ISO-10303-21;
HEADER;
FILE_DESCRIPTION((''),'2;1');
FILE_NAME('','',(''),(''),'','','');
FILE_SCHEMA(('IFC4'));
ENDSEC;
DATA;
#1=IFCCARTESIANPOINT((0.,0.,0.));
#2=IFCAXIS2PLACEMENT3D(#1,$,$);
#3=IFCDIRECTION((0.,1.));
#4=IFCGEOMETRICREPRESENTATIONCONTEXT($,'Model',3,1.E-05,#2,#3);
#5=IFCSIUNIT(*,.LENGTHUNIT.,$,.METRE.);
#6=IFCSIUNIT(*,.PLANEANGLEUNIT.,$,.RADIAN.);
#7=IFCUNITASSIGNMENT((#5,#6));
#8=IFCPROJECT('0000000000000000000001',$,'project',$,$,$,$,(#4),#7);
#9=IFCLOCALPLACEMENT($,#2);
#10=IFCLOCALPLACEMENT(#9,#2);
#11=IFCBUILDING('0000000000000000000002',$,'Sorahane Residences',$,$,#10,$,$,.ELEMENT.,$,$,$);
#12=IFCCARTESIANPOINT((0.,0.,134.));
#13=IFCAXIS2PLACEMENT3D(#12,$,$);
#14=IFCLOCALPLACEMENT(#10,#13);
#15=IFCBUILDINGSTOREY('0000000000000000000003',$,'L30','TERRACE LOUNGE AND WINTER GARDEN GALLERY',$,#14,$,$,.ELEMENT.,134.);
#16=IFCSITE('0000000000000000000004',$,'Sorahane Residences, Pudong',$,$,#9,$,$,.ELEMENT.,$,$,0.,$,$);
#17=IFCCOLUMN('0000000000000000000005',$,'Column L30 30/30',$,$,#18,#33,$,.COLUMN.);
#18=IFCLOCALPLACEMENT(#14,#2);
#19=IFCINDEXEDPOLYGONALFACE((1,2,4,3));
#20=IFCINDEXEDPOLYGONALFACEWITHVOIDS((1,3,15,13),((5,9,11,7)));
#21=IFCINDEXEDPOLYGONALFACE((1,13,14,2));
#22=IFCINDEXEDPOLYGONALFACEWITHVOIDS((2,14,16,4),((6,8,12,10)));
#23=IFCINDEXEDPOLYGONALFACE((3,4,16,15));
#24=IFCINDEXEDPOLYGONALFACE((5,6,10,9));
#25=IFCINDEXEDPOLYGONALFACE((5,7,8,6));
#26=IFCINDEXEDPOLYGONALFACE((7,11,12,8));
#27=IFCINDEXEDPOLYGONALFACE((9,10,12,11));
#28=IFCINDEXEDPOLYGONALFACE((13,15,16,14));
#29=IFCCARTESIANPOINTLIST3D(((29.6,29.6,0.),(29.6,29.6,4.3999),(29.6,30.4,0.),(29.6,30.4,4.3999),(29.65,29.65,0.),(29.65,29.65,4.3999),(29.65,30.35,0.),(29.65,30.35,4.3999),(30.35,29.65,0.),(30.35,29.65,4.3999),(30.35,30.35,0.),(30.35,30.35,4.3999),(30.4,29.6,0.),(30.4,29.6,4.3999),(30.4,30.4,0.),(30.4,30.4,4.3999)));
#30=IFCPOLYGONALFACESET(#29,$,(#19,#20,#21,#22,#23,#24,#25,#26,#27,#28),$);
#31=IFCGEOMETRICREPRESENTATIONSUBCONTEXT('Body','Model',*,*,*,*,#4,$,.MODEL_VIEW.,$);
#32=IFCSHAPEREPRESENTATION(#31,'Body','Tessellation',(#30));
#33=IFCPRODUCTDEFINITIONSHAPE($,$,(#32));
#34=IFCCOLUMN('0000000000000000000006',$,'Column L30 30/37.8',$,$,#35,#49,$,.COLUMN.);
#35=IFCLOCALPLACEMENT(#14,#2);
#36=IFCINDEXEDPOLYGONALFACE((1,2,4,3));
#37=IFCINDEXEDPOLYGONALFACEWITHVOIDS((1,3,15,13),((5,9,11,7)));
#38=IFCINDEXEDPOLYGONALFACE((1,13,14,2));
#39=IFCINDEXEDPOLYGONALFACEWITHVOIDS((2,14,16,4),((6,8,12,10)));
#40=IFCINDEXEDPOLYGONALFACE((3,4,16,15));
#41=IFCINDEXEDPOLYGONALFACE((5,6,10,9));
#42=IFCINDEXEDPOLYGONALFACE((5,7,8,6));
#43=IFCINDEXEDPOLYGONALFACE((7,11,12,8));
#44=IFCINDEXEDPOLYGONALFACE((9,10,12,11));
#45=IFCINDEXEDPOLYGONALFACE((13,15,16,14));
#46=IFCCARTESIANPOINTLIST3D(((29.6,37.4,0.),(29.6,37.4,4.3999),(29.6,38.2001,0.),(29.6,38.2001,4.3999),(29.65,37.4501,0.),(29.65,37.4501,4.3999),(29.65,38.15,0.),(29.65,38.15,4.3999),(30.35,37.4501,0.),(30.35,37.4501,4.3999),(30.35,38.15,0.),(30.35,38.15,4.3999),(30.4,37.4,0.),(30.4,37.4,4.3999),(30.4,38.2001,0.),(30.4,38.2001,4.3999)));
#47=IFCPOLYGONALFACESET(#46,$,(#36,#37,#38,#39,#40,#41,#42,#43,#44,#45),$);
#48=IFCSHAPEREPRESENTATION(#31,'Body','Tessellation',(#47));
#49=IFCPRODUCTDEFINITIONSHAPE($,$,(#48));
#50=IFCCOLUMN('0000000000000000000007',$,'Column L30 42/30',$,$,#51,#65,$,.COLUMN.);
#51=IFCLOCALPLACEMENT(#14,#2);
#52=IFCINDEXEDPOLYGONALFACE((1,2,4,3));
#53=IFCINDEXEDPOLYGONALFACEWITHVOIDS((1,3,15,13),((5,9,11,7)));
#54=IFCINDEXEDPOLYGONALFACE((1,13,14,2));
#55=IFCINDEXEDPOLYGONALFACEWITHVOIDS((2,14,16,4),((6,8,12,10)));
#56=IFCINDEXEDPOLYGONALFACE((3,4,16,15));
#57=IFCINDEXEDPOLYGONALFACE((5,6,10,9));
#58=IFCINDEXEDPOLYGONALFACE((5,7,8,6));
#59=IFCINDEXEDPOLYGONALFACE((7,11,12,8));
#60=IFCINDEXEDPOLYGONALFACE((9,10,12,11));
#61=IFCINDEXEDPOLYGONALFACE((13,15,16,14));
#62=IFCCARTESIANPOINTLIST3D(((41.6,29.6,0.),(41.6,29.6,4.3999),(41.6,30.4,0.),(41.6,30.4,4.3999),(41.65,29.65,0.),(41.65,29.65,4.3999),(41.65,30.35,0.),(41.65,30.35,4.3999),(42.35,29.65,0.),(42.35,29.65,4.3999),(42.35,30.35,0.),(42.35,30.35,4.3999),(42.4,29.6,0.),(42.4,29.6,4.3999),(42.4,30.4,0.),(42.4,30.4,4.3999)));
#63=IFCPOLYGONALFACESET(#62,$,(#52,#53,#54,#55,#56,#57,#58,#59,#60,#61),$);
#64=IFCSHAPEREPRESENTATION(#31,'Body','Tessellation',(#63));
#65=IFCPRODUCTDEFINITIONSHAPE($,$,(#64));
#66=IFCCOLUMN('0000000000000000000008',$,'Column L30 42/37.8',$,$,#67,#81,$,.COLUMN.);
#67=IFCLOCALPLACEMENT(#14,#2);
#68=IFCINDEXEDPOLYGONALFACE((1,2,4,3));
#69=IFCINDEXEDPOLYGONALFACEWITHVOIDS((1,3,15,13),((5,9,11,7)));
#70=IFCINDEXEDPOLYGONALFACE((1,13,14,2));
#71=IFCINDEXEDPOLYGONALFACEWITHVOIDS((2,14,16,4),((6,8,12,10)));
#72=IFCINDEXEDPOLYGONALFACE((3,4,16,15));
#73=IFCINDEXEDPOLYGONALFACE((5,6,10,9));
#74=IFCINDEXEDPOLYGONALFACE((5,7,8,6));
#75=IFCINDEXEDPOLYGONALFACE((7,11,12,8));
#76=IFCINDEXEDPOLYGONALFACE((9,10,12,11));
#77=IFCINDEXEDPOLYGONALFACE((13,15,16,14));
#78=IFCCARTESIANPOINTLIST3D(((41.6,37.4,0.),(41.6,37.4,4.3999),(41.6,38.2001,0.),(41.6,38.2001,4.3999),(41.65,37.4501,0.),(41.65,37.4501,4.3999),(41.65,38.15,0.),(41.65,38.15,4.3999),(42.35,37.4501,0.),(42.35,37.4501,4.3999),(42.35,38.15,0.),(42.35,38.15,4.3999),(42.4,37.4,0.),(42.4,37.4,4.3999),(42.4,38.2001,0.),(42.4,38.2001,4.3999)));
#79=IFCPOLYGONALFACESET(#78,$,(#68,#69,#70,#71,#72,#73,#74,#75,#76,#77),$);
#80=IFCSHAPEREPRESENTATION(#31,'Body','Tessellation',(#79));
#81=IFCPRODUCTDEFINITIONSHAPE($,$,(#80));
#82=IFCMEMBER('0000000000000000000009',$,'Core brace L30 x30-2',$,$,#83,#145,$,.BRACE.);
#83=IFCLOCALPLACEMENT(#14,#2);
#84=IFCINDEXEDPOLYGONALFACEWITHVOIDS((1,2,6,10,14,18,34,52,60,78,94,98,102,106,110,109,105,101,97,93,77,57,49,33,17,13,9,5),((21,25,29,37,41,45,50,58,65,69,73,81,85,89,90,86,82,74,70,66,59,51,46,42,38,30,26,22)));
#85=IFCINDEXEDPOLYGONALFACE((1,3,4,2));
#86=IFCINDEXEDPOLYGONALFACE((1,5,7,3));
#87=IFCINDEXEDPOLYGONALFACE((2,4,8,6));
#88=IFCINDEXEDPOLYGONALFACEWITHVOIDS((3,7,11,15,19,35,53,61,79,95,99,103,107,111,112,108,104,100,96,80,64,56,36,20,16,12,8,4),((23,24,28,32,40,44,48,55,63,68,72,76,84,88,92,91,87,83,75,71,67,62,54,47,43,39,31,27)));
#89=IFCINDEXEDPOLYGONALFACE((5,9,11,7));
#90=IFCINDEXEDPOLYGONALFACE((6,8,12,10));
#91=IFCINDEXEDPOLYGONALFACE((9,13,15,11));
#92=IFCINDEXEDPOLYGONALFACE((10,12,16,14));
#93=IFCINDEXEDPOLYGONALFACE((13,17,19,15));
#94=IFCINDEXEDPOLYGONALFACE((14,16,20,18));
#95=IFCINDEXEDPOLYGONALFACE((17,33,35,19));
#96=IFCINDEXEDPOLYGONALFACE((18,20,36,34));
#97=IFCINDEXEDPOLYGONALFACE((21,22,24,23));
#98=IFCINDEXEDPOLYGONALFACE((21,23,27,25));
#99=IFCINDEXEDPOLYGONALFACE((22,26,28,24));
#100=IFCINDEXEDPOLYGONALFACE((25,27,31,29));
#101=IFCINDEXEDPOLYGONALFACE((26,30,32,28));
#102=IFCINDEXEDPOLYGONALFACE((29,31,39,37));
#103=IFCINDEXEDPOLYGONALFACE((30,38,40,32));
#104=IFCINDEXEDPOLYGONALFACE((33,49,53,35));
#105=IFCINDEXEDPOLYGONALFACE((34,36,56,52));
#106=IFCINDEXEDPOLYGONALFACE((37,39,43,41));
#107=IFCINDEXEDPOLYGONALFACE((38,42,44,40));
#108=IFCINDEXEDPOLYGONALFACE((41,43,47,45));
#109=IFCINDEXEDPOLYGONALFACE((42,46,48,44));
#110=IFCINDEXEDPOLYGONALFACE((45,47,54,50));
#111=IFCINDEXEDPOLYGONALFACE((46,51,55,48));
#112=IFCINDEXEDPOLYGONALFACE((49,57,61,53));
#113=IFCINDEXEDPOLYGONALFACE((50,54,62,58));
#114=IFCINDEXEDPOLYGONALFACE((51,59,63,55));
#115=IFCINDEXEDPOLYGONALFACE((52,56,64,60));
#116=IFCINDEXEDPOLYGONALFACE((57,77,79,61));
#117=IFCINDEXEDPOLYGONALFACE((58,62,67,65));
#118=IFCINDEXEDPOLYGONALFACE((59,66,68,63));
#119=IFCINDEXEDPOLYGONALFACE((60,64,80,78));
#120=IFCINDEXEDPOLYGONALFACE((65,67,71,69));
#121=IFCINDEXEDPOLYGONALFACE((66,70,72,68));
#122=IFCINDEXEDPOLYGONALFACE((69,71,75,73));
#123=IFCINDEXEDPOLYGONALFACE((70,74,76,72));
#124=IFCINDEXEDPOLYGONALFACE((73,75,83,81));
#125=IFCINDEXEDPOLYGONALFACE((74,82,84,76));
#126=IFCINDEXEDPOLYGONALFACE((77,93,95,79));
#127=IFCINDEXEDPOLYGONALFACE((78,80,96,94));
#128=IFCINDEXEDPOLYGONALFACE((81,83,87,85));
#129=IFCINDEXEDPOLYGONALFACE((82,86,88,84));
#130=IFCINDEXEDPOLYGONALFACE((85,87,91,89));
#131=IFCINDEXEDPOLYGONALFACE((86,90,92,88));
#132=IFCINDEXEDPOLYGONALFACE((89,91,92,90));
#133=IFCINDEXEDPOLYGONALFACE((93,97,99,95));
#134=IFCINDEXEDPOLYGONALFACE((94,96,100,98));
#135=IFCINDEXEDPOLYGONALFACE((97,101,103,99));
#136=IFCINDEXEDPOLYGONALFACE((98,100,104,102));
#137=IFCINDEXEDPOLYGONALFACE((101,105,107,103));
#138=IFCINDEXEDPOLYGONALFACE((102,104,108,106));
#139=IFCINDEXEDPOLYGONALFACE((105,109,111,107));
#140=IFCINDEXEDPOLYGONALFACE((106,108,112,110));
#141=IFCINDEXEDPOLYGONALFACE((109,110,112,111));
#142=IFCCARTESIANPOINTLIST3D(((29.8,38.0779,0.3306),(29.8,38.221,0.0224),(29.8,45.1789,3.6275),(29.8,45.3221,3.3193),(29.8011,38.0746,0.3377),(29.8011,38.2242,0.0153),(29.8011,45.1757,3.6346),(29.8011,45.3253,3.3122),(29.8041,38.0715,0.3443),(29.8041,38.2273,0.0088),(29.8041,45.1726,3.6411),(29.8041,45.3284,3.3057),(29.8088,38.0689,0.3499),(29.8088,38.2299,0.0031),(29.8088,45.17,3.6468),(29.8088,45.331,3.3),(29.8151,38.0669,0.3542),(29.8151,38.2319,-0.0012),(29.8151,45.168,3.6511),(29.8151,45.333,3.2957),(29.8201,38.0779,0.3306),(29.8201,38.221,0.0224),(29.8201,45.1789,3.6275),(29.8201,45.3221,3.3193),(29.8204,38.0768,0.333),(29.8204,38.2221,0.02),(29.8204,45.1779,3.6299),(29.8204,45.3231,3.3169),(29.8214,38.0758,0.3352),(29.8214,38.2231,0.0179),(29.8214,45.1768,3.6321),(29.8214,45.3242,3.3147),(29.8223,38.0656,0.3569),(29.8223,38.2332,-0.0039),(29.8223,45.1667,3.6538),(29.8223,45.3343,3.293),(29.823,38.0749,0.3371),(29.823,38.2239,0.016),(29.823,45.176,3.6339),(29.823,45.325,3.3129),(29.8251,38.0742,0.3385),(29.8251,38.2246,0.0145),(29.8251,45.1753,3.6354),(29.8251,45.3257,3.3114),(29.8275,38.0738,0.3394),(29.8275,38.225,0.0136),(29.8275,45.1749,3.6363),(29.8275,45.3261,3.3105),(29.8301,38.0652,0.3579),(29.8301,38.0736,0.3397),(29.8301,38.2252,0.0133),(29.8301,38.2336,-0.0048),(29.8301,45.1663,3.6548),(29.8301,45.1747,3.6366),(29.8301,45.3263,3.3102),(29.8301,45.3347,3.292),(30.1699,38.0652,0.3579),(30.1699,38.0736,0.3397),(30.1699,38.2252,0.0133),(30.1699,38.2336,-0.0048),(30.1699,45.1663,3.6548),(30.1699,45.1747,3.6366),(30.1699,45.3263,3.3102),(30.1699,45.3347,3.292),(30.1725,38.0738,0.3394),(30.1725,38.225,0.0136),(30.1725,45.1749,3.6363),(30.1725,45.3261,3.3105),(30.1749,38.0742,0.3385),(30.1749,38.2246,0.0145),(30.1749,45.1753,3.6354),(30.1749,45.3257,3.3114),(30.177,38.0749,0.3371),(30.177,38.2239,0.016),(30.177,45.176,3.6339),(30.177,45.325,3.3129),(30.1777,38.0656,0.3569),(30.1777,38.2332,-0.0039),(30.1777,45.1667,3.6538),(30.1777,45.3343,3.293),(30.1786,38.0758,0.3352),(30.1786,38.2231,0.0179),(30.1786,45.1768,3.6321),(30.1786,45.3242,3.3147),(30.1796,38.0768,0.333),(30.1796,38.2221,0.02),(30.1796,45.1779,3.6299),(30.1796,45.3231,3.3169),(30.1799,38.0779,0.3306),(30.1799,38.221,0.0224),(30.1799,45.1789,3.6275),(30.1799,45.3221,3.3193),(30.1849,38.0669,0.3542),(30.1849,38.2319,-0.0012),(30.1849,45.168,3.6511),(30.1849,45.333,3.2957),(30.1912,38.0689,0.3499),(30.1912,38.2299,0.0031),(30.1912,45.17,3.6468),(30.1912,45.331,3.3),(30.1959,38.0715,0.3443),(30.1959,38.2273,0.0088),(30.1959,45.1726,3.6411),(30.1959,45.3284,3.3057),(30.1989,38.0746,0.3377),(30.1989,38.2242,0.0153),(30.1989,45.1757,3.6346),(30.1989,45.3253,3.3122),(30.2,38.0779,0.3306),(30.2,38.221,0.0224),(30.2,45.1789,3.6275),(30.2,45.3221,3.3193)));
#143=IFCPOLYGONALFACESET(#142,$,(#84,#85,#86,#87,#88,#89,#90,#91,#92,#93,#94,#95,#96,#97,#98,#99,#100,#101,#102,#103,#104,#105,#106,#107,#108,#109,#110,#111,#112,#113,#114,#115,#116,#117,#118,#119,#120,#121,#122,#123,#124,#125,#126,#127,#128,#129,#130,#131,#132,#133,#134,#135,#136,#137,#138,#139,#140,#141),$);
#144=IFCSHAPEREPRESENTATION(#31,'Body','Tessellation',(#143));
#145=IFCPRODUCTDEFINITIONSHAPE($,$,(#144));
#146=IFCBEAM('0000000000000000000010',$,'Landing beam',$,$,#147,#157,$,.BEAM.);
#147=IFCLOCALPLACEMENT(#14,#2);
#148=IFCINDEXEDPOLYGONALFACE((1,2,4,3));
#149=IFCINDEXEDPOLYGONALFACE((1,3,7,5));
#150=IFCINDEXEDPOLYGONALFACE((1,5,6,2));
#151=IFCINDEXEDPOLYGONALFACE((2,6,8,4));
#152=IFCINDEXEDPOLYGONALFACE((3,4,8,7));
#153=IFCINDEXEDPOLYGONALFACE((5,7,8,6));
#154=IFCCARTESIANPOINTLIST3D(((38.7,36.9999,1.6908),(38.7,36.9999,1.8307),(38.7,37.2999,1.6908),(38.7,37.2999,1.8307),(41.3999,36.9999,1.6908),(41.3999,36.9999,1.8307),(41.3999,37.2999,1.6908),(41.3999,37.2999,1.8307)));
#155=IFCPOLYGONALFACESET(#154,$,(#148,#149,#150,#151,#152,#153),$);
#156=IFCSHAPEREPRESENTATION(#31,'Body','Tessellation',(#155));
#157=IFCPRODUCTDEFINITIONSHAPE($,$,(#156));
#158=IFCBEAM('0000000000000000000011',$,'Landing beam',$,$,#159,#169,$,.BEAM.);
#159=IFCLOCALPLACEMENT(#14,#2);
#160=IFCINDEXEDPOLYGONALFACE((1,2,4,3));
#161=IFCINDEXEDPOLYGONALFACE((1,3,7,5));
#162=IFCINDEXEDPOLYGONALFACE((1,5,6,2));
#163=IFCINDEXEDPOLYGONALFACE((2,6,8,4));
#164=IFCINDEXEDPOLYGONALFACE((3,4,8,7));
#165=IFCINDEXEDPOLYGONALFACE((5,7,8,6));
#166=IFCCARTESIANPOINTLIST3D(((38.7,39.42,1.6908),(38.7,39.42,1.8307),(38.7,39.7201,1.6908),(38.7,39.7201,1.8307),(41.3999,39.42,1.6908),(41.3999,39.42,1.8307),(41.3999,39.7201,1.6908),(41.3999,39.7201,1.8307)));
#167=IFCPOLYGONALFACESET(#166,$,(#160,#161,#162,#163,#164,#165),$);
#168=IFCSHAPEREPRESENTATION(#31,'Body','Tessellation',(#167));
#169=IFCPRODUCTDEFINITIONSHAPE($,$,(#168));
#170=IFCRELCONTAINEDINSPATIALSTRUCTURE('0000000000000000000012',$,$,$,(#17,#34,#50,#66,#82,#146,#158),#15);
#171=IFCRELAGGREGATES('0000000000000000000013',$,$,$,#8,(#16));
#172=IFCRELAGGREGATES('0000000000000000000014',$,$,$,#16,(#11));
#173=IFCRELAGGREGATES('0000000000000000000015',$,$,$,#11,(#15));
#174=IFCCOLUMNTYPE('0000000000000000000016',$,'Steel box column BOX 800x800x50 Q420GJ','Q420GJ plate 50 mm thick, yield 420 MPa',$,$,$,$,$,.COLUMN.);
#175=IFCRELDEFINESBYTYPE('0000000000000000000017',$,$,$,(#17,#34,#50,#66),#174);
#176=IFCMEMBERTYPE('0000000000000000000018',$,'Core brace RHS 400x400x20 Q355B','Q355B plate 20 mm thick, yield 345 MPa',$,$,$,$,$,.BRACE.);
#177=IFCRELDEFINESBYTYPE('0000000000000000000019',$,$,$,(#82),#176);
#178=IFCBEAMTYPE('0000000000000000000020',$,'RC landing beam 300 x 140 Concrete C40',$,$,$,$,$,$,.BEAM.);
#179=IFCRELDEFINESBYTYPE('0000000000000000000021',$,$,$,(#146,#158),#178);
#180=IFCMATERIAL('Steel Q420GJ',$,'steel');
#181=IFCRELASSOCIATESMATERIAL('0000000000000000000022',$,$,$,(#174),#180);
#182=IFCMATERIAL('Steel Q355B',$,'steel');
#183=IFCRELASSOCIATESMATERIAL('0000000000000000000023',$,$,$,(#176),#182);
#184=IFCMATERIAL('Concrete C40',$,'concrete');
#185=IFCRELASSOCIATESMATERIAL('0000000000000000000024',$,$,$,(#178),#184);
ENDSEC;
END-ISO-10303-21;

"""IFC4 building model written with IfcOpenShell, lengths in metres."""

from ifc_helpers import new_model, si_unit, direction, frame, origin, origin_2d, place, context, subcontext, project, spatial, rectangle, hollow_rectangle, extrude, material, material_profile, profile_set, type_object, element, save


model = new_model("IFC4")

# Units and contexts
model_context = context("Model", 3, precision=1e-05, world=origin(), true_north=direction((0.0, 1.0)))
body_context = subcontext(model_context, "Body", "Model", "MODEL_VIEW")
ifc_project = project(units=[si_unit("LENGTHUNIT", "METRE"), si_unit("PLANEANGLEUNIT", "RADIAN")], contexts=[model_context])

# Site, building, storey
site_placement = place(None, origin())
site = spatial("IfcSite", under=ifc_project, at=site_placement, Name="Sorahane Residences, Pudong", CompositionType="ELEMENT", RefElevation=0.0)
building_placement = place(site_placement, origin())
building = spatial("IfcBuilding", under=site, at=building_placement, Name="Sorahane Residences", CompositionType="ELEMENT")
storey_placement = place(building_placement, frame((0.0, 0.0, 134.0)))
storey = spatial("IfcBuildingStorey", under=building, at=storey_placement, Name="L30", Description="TERRACE LOUNGE AND WINTER GARDEN GALLERY", CompositionType="ELEMENT", Elevation=134.0)

# Columns
ifc_material_1 = material(Name="Steel Q420GJ", Category="steel")
ifc_material_profile_1 = material_profile(ifc_material_1, hollow_rectangle(XDim=0.8, YDim=0.8, WallThickness=0.05, at=origin_2d()), Name="BOX 800x800x50")
ifc_profile_set_1 = profile_set([ifc_material_profile_1], Name="Steel Q420GJ")
column_type = type_object("IfcColumnType", Name="Steel box column BOX 800x800x50 Q420GJ", Description="Q420GJ plate 50 mm thick, yield 420 MPa", PredefinedType="COLUMN", material=ifc_profile_set_1)
for number, where, z_axis, x_axis, name in (
    (1, (30.0, 30.0, 0.0), (0.0, 0.0, 1.0), (1.0, 0.0, 0.0), "Column L30 30/30"),
    (2, (30.0, 37.8, 0.0), (0.0, 0.0, 1.0), (1.0, 0.0, 0.0), "Column L30 30/37.8"),
    (3, (42.0, 30.0, 0.0), (0.0, 0.0, 1.0), (1.0, 0.0, 0.0), "Column L30 42/30"),
    (4, (42.0, 37.8, 0.0), (0.0, 0.0, 1.0), (1.0, 0.0, 0.0), "Column L30 42/37.8"),
):
    element("IfcColumn", number, at=place(storey_placement, frame(where, z_axis=z_axis, x_axis=x_axis)), inside=storey, type_object=column_type, Name=name, PredefinedType="COLUMN", context=body_context, shape_type="SweptSolid", body=[
        extrude(hollow_rectangle(XDim=0.8, YDim=0.8, WallThickness=0.05, at=origin_2d()), origin(), (0.0, 0.0, 1.0), 4.3999),
    ])

# Member
ifc_material_2 = material(Name="Steel Q355B", Category="steel")
ifc_material_profile_2 = material_profile(ifc_material_2, hollow_rectangle(XDim=0.3999, YDim=0.3999, WallThickness=0.02, InnerFilletRadius=0.01, OuterFilletRadius=0.03, at=origin_2d()), Name="RHS 400x400x20")
ifc_profile_set_2 = profile_set([ifc_material_profile_2], Name="Steel Q355B")
member_type = type_object("IfcMemberType", Name="Core brace RHS 400x400x20 Q355B", Description="Q355B plate 20 mm thick, yield 345 MPa", PredefinedType="BRACE", material=ifc_profile_set_2)
member_placement = place(storey_placement, frame((30.0, 38.1494, 0.1765), z_axis=(0.0, 0.907012, 0.421106), x_axis=(-1.0, 0.0, 0.0)))
element("IfcMember", 5, at=member_placement, inside=storey, type_object=member_type, Name="Core brace L30 x30-2", PredefinedType="BRACE", context=body_context, shape_type="SweptSolid", body=[
    extrude(hollow_rectangle(XDim=0.3999, YDim=0.3999, WallThickness=0.02, InnerFilletRadius=0.01, OuterFilletRadius=0.03, at=origin_2d()), origin(), (0.0, 0.0, 1.0), 7.8291),
])

# Beams
ifc_material_3 = material(Name="Concrete C40", Category="concrete")
ifc_material_profile_3 = material_profile(ifc_material_3, rectangle(XDim=0.3, YDim=0.1399, at=origin_2d()), Name="300x140")
ifc_profile_set_3 = profile_set([ifc_material_profile_3], Name="Concrete C40")
beam_type_1 = type_object("IfcBeamType", Name="RC landing beam 300 x 140 Concrete C40", PredefinedType="BEAM", material=ifc_profile_set_3)
for number, where, z_axis, x_axis, name in (
    (6, (38.7, 37.1499, 1.7607), (1.0, 0.0, 0.0), (0.0, 1.0, 0.0), "Landing beam"),
    (7, (38.7, 39.5701, 1.7607), (1.0, 0.0, 0.0), (0.0, 1.0, 0.0), "Landing beam"),
):
    element("IfcBeam", number, at=place(storey_placement, frame(where, z_axis=z_axis, x_axis=x_axis)), inside=storey, type_object=beam_type_1, Name=name, PredefinedType="BEAM", context=body_context, shape_type="SweptSolid", body=[
        extrude(rectangle(XDim=0.3, YDim=0.1399, at=origin_2d()), origin(), (0.0, 0.0, 1.0), 2.7),
    ])

save(model, "model.ifc")
